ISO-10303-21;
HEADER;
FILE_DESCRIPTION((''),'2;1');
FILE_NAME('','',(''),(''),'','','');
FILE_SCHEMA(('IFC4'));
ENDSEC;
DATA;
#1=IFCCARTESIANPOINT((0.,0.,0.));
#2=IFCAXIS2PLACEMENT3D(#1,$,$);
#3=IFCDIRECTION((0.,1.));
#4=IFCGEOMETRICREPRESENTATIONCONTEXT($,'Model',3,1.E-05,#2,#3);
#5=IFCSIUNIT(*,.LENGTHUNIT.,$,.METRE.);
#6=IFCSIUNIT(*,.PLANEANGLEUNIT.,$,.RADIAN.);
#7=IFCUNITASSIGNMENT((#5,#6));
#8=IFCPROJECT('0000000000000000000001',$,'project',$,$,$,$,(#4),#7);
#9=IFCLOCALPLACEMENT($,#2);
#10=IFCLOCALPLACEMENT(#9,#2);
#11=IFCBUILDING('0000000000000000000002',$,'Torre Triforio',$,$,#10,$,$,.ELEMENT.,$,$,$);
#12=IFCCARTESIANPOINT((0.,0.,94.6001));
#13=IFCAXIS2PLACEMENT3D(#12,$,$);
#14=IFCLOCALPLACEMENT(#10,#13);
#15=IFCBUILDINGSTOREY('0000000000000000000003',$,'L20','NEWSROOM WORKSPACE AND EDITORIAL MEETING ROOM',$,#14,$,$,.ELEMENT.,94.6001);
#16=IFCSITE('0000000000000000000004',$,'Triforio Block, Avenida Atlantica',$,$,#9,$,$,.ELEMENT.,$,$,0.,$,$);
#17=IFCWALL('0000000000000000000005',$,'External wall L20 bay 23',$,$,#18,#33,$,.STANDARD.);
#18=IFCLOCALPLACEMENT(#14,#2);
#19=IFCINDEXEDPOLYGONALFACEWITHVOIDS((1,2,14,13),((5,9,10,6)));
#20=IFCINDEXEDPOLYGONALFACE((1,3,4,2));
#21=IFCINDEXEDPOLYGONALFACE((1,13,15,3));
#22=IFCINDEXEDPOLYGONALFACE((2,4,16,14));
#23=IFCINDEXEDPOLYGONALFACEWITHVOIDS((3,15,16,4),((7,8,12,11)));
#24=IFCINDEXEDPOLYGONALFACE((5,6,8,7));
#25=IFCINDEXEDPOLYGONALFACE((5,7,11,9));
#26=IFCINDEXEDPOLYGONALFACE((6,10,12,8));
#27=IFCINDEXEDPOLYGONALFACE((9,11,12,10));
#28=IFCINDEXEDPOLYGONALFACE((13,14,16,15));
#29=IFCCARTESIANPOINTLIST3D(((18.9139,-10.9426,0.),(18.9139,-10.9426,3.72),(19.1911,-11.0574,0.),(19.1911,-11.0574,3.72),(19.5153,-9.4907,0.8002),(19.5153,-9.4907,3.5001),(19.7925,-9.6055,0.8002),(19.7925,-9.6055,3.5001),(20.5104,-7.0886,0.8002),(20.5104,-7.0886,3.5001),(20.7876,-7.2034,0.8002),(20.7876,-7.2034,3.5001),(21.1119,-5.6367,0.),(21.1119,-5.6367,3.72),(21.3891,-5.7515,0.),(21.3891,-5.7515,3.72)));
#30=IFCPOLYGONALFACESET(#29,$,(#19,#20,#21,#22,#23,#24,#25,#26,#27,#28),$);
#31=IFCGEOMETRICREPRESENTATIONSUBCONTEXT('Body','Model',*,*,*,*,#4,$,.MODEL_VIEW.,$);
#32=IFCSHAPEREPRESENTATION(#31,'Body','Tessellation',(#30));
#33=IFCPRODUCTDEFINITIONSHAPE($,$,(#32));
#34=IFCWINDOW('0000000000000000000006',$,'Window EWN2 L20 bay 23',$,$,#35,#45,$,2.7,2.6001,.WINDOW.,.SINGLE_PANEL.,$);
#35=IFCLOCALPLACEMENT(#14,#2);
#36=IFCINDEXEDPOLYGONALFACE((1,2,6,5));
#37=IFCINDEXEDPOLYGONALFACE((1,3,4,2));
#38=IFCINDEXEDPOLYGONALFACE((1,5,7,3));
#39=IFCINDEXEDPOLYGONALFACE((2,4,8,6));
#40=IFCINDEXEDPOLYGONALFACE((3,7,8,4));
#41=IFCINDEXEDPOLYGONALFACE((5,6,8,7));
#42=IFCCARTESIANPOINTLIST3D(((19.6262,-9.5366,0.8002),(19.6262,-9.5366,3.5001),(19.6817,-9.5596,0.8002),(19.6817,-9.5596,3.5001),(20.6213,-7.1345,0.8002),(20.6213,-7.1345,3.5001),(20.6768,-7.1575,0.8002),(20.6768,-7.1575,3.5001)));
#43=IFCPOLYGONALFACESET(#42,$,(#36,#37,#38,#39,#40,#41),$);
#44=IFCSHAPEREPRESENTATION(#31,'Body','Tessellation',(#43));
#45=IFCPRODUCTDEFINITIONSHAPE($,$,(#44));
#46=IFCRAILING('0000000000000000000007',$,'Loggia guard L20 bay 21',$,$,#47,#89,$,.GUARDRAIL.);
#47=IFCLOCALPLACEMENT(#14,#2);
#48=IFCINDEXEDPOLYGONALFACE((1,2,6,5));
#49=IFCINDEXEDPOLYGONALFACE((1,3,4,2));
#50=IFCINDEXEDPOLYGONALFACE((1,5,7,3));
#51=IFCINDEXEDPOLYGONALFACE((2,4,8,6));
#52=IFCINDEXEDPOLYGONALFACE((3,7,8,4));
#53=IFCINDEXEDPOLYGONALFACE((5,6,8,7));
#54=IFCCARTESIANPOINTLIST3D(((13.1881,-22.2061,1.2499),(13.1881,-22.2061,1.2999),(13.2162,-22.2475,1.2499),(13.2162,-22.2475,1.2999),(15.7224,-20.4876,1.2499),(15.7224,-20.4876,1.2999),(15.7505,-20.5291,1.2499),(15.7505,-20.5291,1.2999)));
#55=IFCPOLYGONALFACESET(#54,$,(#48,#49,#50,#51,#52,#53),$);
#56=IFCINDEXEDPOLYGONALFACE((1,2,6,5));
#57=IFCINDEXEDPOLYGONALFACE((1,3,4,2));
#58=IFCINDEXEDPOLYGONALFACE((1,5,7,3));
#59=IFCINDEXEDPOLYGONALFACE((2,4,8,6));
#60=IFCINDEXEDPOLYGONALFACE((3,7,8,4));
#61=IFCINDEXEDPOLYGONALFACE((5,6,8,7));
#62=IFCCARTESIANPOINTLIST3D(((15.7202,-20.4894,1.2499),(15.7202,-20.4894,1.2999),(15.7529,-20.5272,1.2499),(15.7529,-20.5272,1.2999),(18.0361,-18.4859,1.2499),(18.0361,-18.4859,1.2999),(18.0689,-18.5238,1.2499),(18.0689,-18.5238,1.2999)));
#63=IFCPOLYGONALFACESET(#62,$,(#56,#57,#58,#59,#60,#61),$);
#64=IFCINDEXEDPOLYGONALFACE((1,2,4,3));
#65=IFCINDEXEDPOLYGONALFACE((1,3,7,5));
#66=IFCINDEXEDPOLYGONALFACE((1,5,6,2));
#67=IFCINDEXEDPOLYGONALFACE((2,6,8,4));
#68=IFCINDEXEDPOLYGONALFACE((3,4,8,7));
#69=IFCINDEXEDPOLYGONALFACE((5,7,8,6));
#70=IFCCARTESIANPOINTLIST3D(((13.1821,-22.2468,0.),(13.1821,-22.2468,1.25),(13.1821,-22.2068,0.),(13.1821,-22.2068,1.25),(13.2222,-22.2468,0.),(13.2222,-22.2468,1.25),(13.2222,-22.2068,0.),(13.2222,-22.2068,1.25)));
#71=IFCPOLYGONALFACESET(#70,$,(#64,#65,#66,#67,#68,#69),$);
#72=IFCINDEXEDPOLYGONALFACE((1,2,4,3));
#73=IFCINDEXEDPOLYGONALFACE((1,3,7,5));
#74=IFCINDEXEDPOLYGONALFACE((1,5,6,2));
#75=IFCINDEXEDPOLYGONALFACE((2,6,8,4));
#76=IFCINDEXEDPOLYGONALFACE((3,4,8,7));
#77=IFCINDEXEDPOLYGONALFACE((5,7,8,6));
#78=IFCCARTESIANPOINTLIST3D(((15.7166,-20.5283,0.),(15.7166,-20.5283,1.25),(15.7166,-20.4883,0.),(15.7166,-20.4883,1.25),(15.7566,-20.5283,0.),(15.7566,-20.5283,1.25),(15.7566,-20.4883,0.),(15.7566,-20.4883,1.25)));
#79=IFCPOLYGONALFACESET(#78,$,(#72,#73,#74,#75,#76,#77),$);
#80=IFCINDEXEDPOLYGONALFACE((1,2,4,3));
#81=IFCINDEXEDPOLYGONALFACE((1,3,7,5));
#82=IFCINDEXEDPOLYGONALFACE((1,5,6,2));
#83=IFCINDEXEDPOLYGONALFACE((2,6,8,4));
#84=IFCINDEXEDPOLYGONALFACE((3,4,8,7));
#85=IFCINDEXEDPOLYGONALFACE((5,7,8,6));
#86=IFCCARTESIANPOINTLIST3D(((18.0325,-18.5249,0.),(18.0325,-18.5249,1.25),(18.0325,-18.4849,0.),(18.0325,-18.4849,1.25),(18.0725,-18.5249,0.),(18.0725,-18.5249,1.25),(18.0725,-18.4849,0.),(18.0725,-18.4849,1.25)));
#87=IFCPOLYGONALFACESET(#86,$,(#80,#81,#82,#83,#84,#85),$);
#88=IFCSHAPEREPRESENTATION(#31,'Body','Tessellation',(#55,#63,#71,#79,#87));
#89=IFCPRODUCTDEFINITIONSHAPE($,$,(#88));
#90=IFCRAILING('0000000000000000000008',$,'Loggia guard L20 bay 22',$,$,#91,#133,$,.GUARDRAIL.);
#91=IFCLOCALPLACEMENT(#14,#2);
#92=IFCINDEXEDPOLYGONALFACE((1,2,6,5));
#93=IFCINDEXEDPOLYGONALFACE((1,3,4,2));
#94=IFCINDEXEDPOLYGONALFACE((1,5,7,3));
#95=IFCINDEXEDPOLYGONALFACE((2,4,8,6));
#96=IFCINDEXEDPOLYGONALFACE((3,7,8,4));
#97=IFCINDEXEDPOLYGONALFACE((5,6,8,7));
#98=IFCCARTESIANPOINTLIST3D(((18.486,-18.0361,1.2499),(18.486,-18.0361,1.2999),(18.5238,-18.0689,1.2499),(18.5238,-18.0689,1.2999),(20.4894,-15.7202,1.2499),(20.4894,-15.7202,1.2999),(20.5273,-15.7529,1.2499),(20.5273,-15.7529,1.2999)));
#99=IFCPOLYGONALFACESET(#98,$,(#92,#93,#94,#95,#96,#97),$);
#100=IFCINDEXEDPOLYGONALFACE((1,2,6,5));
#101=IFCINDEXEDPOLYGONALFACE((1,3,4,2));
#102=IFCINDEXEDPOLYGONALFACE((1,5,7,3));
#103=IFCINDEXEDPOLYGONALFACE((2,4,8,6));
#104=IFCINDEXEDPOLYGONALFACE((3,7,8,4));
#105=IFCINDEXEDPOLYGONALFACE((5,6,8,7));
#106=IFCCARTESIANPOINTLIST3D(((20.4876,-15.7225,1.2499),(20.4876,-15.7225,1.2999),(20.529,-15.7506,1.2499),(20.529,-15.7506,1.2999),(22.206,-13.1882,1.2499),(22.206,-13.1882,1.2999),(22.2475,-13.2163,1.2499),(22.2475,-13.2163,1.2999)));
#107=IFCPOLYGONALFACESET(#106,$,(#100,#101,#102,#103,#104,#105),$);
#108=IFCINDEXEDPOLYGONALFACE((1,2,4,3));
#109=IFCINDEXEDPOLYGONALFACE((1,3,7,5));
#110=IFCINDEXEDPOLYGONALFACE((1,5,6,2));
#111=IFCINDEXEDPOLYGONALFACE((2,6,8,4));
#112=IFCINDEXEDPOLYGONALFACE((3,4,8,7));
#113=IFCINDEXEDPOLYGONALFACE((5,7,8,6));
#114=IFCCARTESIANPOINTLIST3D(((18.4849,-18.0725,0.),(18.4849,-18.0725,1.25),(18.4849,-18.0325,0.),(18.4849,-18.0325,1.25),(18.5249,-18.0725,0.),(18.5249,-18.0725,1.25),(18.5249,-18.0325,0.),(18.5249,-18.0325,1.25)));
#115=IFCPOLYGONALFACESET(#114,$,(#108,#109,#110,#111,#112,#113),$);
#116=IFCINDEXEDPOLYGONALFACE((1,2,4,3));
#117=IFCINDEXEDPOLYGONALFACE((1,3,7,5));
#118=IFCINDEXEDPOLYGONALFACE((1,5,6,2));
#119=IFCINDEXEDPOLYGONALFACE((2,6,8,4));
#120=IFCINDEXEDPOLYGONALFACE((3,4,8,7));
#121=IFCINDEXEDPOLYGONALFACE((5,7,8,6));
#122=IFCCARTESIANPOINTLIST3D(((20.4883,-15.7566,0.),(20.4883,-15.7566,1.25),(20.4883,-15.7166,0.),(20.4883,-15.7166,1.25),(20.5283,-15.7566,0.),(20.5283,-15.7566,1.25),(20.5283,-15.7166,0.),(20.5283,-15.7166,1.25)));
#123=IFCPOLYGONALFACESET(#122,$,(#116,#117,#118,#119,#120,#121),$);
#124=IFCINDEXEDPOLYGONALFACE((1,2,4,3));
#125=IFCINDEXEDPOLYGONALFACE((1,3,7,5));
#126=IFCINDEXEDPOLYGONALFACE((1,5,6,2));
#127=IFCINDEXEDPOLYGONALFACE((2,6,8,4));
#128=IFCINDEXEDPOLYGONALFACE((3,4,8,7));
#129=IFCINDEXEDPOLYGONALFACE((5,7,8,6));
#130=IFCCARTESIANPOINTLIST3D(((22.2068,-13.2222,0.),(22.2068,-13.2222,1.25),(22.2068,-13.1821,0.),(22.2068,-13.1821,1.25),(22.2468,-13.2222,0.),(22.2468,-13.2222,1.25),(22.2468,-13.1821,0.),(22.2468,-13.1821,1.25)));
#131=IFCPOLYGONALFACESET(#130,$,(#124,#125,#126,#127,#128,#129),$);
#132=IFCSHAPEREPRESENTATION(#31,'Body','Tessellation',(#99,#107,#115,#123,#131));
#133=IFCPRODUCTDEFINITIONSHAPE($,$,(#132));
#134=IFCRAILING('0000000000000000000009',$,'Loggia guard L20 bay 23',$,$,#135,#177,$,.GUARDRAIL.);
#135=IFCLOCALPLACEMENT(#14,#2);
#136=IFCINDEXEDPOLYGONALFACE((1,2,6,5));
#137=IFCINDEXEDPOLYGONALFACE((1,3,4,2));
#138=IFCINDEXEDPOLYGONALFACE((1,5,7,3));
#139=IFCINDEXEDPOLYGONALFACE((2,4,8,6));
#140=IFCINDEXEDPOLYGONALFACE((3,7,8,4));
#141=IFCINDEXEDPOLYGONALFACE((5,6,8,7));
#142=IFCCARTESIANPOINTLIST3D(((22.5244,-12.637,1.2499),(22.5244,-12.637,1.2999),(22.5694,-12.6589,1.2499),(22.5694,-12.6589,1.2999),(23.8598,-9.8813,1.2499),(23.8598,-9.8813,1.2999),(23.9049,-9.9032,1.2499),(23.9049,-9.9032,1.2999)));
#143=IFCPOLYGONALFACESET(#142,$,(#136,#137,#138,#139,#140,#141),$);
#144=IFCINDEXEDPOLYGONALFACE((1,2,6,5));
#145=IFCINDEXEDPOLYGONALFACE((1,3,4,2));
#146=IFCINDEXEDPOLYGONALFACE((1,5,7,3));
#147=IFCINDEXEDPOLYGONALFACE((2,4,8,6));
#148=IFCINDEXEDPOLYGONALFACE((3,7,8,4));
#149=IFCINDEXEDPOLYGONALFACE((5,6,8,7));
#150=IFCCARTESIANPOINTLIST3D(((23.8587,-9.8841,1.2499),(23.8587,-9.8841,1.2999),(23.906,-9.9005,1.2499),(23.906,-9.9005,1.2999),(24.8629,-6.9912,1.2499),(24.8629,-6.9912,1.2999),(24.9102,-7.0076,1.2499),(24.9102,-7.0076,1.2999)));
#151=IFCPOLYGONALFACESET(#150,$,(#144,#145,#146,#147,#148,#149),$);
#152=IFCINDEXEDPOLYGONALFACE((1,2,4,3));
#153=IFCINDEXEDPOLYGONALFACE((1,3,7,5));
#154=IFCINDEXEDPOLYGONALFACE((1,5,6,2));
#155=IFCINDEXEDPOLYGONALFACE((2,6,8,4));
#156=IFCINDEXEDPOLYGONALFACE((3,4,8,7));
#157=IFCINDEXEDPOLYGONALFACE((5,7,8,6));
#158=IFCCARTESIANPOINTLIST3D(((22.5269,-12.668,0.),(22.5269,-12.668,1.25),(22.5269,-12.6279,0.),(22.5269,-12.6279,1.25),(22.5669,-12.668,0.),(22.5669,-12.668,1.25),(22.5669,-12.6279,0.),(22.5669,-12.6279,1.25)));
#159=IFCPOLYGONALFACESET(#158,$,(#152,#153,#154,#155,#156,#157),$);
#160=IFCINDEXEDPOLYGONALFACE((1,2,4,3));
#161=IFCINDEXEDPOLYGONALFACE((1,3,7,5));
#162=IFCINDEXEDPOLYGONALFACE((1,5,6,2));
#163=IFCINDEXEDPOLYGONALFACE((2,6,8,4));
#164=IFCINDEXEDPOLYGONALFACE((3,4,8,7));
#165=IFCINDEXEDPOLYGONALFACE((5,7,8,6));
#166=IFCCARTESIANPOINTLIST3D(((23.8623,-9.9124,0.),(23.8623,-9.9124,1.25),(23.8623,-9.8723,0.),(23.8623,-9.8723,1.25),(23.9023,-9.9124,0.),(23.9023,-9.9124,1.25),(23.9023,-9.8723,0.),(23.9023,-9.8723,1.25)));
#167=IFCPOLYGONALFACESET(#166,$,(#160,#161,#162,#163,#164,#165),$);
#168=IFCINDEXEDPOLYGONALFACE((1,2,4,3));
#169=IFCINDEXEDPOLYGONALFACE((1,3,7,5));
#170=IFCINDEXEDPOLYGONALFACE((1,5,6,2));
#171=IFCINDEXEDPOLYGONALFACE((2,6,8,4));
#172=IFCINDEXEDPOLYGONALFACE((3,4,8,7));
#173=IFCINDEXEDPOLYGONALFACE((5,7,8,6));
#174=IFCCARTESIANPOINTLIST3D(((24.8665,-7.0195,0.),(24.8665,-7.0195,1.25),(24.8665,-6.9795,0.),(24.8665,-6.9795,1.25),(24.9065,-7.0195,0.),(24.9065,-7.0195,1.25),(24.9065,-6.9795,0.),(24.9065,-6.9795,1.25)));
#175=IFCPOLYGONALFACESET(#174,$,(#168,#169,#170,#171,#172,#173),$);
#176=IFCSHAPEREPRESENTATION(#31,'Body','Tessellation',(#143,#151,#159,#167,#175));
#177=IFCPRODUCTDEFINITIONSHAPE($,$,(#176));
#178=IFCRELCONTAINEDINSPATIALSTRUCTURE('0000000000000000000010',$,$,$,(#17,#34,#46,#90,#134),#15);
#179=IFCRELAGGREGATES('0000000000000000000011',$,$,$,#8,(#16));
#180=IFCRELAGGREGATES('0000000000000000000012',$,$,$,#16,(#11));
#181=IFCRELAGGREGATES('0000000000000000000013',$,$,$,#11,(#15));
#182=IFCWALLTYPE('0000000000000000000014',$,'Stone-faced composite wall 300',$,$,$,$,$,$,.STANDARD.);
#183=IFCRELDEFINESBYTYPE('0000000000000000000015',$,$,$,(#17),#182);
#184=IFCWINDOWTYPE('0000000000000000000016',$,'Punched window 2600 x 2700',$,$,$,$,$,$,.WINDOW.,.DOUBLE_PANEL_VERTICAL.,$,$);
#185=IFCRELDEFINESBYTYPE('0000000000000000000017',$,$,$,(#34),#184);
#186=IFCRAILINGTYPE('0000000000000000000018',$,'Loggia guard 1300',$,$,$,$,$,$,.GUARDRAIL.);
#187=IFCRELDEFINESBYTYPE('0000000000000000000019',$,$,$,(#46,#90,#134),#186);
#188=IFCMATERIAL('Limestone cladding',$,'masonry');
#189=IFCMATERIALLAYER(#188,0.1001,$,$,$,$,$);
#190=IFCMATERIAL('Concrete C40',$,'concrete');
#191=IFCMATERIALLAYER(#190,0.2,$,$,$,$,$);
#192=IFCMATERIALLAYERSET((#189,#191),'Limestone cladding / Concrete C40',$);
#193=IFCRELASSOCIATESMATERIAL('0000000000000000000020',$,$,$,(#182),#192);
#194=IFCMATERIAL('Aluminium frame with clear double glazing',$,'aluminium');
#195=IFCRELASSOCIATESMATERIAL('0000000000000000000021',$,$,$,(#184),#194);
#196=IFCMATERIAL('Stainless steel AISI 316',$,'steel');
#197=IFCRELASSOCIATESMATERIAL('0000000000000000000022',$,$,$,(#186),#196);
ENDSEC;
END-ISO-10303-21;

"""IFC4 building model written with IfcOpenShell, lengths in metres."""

from ifc_helpers import new_model, si_unit, direction, frame, frame_2d, origin, origin_2d, place, context, subcontext, project, spatial, rectangle, extrude, material, layer, layer_set, type_object, element, fill, save


model = new_model("IFC4")

# Units and contexts
model_context = context("Model", 3, precision=1e-05, world=origin(), true_north=direction((0.0, 1.0)))
body_context = subcontext(model_context, "Body", "Model", "MODEL_VIEW")
ifc_project = project(units=[si_unit("LENGTHUNIT", "METRE"), si_unit("PLANEANGLEUNIT", "RADIAN")], contexts=[model_context])

# Site, building, storey
site_placement = place(None, origin())
site = spatial("IfcSite", under=ifc_project, at=site_placement, Name="Triforio Block, Avenida Atlantica", CompositionType="ELEMENT", RefElevation=0.0)
building_placement = place(site_placement, origin())
building = spatial("IfcBuilding", under=site, at=building_placement, Name="Torre Triforio", CompositionType="ELEMENT")
storey_placement = place(building_placement, frame((0.0, 0.0, 94.6001)))
storey = spatial("IfcBuildingStorey", under=building, at=storey_placement, Name="L20", Description="NEWSROOM WORKSPACE AND EDITORIAL MEETING ROOM", CompositionType="ELEMENT", Elevation=94.6001)

# Shared definitions
ifc_material_1 = material(Name="Limestone cladding", Category="masonry")
ifc_material_2 = material(Name="Concrete C40", Category="concrete")

# Shared definitions
ifc_layer_1 = layer(ifc_material_1, 0.1001)
ifc_layer_2 = layer(ifc_material_2, 0.2)
ifc_layer_set_1 = layer_set([ifc_layer_1, ifc_layer_2], Name="Limestone cladding / Concrete C40")
wall_type_1 = type_object("IfcWallType", Name="Stone-faced composite wall 300", PredefinedType="STANDARD", material=ifc_layer_set_1)
ifc_material_3 = material(Name="Aluminium frame with clear double glazing", Category="aluminium")
window_type_1 = type_object("IfcWindowType", Name="Punched window 2600 x 2700", PartitioningType="DOUBLE_PANEL_VERTICAL", PredefinedType="WINDOW", material=ifc_material_3)

# Wall, opening, window
wall_1_placement = place(storey_placement, frame((19.0525, -11.0, 0.0), z_axis=(0.0, 0.0, 1.0), x_axis=(0.382716, 0.923866, 0.0)))
wall_1 = element("IfcWall", 1, at=wall_1_placement, inside=storey, type_object=wall_type_1, Name="External wall L20 bay 23", PredefinedType="STANDARD", context=body_context, shape_type="SweptSolid", body=[
    extrude(rectangle(XDim=5.7432, YDim=0.3, at=frame_2d((2.8716, 0.0))), origin(), (0.0, 0.0, 1.0), 3.72),
])
opening_1_placement = place(wall_1_placement, frame((1.5715, 0.0, 0.8)))
opening_1 = element("IfcOpeningElement", 2, at=opening_1_placement, cuts=wall_1, PredefinedType="OPENING", context=body_context, shape_type="SweptSolid", body=[
    extrude(rectangle(XDim=2.6001, YDim=2.7, at=frame_2d((1.3, 1.3501))), frame((0.0, 0.1599, 0.0), z_axis=(0.0, -1.0, 0.0), x_axis=(1.0, 0.0, 0.0)), (0.0, 0.0, 1.0), 0.3201),
])
window_1_placement = place(opening_1_placement, origin())
window_1 = element("IfcWindow", 3, at=window_1_placement, inside=storey, type_object=window_type_1, Name="Window EWN2 L20 bay 23", OverallHeight=2.7, OverallWidth=2.6001, PartitioningType="SINGLE_PANEL", PredefinedType="WINDOW", context=body_context, shape_type="SweptSolid", body=[
    extrude(rectangle(XDim=2.6001, YDim=2.7, at=frame_2d((1.3, 1.3501))), frame((0.0, 0.03, 0.0), z_axis=(0.0, -1.0, 0.0), x_axis=(1.0, 0.0, 0.0)), (0.0, 0.0, 1.0), 0.0601),
])
fill(opening_1, window_1)

# Railings
ifc_material_4 = material(Name="Stainless steel AISI 316", Category="steel")
railing_type = type_object("IfcRailingType", Name="Loggia guard 1300", PredefinedType="GUARDRAIL", material=ifc_material_4)
railing_1_placement = place(storey_placement, frame((13.2021, -22.2268, 0.0)))
element("IfcRailing", 4, at=railing_1_placement, inside=storey, type_object=railing_type, Name="Loggia guard L20 bay 21", PredefinedType="GUARDRAIL", context=body_context, shape_type="SweptSolid", body=[
    extrude(rectangle(XDim=0.05, YDim=0.05, at=origin_2d()), frame((0.0, 0.0, 1.2749), z_axis=(0.82767, 0.561215, 0.0), x_axis=(-0.561215, 0.82767, 0.0)), (0.0, 0.0, 1.0), 3.062),
    extrude(rectangle(XDim=0.05, YDim=0.05, at=origin_2d()), frame((2.5344, 1.7185, 1.2749), z_axis=(0.756289, 0.654238, 0.0), x_axis=(-0.654238, 0.756289, 0.0)), (0.0, 0.0, 1.0), 3.0623),
    extrude(rectangle(XDim=0.04, YDim=0.04, at=origin_2d()), origin(), (0.0, 0.0, 1.0), 1.25),
    extrude(rectangle(XDim=0.04, YDim=0.04, at=origin_2d()), frame((2.5344, 1.7185, 0.0)), (0.0, 0.0, 1.0), 1.25),
    extrude(rectangle(XDim=0.04, YDim=0.04, at=origin_2d()), frame((4.8503, 3.7219, 0.0)), (0.0, 0.0, 1.0), 1.25),
])
railing_2_placement = place(storey_placement, frame((18.5049, -18.0525, 0.0)))
element("IfcRailing", 5, at=railing_2_placement, inside=storey, type_object=railing_type, Name="Loggia guard L20 bay 22", PredefinedType="GUARDRAIL", context=body_context, shape_type="SweptSolid", body=[
    extrude(rectangle(XDim=0.05, YDim=0.05, at=origin_2d()), frame((0.0, 0.0, 1.2749), z_axis=(0.654238, 0.756289, 0.0), x_axis=(-0.756289, 0.654238, 0.0)), (0.0, 0.0, 1.0), 3.0623),
    extrude(rectangle(XDim=0.05, YDim=0.05, at=origin_2d()), frame((2.0034, 2.3159, 1.2749), z_axis=(0.561215, 0.82767, 0.0), x_axis=(-0.82767, 0.561215, 0.0)), (0.0, 0.0, 1.0), 3.062),
    extrude(rectangle(XDim=0.04, YDim=0.04, at=origin_2d()), origin(), (0.0, 0.0, 1.0), 1.25),
    extrude(rectangle(XDim=0.04, YDim=0.04, at=origin_2d()), frame((2.0034, 2.3159, 0.0)), (0.0, 0.0, 1.0), 1.25),
    extrude(rectangle(XDim=0.04, YDim=0.04, at=origin_2d()), frame((3.7219, 4.8503, 0.0)), (0.0, 0.0, 1.0), 1.25),
])
railing_3_placement = place(storey_placement, frame((22.5469, -12.6479, 0.0)))
element("IfcRailing", 6, at=railing_3_placement, inside=storey, type_object=railing_type, Name="Loggia guard L20 bay 23", PredefinedType="GUARDRAIL", context=body_context, shape_type="SweptSolid", body=[
    extrude(rectangle(XDim=0.05, YDim=0.05, at=origin_2d()), frame((0.0, 0.0, 1.2749), z_axis=(0.436113, 0.899892, 0.0), x_axis=(-0.899892, 0.436113, 0.0)), (0.0, 0.0, 1.0), 3.0623),
    extrude(rectangle(XDim=0.05, YDim=0.05, at=origin_2d()), frame((1.3354, 2.7556, 1.2749), z_axis=(0.327924, 0.944704, 0.0), x_axis=(-0.944704, 0.327924, 0.0)), (0.0, 0.0, 1.0), 3.0623),
    extrude(rectangle(XDim=0.04, YDim=0.04, at=origin_2d()), origin(), (0.0, 0.0, 1.0), 1.25),
    extrude(rectangle(XDim=0.04, YDim=0.04, at=origin_2d()), frame((1.3354, 2.7556, 0.0)), (0.0, 0.0, 1.0), 1.25),
    extrude(rectangle(XDim=0.04, YDim=0.04, at=origin_2d()), frame((2.3396, 5.6484, 0.0)), (0.0, 0.0, 1.0), 1.25),
])

save(model, "model.ifc")
